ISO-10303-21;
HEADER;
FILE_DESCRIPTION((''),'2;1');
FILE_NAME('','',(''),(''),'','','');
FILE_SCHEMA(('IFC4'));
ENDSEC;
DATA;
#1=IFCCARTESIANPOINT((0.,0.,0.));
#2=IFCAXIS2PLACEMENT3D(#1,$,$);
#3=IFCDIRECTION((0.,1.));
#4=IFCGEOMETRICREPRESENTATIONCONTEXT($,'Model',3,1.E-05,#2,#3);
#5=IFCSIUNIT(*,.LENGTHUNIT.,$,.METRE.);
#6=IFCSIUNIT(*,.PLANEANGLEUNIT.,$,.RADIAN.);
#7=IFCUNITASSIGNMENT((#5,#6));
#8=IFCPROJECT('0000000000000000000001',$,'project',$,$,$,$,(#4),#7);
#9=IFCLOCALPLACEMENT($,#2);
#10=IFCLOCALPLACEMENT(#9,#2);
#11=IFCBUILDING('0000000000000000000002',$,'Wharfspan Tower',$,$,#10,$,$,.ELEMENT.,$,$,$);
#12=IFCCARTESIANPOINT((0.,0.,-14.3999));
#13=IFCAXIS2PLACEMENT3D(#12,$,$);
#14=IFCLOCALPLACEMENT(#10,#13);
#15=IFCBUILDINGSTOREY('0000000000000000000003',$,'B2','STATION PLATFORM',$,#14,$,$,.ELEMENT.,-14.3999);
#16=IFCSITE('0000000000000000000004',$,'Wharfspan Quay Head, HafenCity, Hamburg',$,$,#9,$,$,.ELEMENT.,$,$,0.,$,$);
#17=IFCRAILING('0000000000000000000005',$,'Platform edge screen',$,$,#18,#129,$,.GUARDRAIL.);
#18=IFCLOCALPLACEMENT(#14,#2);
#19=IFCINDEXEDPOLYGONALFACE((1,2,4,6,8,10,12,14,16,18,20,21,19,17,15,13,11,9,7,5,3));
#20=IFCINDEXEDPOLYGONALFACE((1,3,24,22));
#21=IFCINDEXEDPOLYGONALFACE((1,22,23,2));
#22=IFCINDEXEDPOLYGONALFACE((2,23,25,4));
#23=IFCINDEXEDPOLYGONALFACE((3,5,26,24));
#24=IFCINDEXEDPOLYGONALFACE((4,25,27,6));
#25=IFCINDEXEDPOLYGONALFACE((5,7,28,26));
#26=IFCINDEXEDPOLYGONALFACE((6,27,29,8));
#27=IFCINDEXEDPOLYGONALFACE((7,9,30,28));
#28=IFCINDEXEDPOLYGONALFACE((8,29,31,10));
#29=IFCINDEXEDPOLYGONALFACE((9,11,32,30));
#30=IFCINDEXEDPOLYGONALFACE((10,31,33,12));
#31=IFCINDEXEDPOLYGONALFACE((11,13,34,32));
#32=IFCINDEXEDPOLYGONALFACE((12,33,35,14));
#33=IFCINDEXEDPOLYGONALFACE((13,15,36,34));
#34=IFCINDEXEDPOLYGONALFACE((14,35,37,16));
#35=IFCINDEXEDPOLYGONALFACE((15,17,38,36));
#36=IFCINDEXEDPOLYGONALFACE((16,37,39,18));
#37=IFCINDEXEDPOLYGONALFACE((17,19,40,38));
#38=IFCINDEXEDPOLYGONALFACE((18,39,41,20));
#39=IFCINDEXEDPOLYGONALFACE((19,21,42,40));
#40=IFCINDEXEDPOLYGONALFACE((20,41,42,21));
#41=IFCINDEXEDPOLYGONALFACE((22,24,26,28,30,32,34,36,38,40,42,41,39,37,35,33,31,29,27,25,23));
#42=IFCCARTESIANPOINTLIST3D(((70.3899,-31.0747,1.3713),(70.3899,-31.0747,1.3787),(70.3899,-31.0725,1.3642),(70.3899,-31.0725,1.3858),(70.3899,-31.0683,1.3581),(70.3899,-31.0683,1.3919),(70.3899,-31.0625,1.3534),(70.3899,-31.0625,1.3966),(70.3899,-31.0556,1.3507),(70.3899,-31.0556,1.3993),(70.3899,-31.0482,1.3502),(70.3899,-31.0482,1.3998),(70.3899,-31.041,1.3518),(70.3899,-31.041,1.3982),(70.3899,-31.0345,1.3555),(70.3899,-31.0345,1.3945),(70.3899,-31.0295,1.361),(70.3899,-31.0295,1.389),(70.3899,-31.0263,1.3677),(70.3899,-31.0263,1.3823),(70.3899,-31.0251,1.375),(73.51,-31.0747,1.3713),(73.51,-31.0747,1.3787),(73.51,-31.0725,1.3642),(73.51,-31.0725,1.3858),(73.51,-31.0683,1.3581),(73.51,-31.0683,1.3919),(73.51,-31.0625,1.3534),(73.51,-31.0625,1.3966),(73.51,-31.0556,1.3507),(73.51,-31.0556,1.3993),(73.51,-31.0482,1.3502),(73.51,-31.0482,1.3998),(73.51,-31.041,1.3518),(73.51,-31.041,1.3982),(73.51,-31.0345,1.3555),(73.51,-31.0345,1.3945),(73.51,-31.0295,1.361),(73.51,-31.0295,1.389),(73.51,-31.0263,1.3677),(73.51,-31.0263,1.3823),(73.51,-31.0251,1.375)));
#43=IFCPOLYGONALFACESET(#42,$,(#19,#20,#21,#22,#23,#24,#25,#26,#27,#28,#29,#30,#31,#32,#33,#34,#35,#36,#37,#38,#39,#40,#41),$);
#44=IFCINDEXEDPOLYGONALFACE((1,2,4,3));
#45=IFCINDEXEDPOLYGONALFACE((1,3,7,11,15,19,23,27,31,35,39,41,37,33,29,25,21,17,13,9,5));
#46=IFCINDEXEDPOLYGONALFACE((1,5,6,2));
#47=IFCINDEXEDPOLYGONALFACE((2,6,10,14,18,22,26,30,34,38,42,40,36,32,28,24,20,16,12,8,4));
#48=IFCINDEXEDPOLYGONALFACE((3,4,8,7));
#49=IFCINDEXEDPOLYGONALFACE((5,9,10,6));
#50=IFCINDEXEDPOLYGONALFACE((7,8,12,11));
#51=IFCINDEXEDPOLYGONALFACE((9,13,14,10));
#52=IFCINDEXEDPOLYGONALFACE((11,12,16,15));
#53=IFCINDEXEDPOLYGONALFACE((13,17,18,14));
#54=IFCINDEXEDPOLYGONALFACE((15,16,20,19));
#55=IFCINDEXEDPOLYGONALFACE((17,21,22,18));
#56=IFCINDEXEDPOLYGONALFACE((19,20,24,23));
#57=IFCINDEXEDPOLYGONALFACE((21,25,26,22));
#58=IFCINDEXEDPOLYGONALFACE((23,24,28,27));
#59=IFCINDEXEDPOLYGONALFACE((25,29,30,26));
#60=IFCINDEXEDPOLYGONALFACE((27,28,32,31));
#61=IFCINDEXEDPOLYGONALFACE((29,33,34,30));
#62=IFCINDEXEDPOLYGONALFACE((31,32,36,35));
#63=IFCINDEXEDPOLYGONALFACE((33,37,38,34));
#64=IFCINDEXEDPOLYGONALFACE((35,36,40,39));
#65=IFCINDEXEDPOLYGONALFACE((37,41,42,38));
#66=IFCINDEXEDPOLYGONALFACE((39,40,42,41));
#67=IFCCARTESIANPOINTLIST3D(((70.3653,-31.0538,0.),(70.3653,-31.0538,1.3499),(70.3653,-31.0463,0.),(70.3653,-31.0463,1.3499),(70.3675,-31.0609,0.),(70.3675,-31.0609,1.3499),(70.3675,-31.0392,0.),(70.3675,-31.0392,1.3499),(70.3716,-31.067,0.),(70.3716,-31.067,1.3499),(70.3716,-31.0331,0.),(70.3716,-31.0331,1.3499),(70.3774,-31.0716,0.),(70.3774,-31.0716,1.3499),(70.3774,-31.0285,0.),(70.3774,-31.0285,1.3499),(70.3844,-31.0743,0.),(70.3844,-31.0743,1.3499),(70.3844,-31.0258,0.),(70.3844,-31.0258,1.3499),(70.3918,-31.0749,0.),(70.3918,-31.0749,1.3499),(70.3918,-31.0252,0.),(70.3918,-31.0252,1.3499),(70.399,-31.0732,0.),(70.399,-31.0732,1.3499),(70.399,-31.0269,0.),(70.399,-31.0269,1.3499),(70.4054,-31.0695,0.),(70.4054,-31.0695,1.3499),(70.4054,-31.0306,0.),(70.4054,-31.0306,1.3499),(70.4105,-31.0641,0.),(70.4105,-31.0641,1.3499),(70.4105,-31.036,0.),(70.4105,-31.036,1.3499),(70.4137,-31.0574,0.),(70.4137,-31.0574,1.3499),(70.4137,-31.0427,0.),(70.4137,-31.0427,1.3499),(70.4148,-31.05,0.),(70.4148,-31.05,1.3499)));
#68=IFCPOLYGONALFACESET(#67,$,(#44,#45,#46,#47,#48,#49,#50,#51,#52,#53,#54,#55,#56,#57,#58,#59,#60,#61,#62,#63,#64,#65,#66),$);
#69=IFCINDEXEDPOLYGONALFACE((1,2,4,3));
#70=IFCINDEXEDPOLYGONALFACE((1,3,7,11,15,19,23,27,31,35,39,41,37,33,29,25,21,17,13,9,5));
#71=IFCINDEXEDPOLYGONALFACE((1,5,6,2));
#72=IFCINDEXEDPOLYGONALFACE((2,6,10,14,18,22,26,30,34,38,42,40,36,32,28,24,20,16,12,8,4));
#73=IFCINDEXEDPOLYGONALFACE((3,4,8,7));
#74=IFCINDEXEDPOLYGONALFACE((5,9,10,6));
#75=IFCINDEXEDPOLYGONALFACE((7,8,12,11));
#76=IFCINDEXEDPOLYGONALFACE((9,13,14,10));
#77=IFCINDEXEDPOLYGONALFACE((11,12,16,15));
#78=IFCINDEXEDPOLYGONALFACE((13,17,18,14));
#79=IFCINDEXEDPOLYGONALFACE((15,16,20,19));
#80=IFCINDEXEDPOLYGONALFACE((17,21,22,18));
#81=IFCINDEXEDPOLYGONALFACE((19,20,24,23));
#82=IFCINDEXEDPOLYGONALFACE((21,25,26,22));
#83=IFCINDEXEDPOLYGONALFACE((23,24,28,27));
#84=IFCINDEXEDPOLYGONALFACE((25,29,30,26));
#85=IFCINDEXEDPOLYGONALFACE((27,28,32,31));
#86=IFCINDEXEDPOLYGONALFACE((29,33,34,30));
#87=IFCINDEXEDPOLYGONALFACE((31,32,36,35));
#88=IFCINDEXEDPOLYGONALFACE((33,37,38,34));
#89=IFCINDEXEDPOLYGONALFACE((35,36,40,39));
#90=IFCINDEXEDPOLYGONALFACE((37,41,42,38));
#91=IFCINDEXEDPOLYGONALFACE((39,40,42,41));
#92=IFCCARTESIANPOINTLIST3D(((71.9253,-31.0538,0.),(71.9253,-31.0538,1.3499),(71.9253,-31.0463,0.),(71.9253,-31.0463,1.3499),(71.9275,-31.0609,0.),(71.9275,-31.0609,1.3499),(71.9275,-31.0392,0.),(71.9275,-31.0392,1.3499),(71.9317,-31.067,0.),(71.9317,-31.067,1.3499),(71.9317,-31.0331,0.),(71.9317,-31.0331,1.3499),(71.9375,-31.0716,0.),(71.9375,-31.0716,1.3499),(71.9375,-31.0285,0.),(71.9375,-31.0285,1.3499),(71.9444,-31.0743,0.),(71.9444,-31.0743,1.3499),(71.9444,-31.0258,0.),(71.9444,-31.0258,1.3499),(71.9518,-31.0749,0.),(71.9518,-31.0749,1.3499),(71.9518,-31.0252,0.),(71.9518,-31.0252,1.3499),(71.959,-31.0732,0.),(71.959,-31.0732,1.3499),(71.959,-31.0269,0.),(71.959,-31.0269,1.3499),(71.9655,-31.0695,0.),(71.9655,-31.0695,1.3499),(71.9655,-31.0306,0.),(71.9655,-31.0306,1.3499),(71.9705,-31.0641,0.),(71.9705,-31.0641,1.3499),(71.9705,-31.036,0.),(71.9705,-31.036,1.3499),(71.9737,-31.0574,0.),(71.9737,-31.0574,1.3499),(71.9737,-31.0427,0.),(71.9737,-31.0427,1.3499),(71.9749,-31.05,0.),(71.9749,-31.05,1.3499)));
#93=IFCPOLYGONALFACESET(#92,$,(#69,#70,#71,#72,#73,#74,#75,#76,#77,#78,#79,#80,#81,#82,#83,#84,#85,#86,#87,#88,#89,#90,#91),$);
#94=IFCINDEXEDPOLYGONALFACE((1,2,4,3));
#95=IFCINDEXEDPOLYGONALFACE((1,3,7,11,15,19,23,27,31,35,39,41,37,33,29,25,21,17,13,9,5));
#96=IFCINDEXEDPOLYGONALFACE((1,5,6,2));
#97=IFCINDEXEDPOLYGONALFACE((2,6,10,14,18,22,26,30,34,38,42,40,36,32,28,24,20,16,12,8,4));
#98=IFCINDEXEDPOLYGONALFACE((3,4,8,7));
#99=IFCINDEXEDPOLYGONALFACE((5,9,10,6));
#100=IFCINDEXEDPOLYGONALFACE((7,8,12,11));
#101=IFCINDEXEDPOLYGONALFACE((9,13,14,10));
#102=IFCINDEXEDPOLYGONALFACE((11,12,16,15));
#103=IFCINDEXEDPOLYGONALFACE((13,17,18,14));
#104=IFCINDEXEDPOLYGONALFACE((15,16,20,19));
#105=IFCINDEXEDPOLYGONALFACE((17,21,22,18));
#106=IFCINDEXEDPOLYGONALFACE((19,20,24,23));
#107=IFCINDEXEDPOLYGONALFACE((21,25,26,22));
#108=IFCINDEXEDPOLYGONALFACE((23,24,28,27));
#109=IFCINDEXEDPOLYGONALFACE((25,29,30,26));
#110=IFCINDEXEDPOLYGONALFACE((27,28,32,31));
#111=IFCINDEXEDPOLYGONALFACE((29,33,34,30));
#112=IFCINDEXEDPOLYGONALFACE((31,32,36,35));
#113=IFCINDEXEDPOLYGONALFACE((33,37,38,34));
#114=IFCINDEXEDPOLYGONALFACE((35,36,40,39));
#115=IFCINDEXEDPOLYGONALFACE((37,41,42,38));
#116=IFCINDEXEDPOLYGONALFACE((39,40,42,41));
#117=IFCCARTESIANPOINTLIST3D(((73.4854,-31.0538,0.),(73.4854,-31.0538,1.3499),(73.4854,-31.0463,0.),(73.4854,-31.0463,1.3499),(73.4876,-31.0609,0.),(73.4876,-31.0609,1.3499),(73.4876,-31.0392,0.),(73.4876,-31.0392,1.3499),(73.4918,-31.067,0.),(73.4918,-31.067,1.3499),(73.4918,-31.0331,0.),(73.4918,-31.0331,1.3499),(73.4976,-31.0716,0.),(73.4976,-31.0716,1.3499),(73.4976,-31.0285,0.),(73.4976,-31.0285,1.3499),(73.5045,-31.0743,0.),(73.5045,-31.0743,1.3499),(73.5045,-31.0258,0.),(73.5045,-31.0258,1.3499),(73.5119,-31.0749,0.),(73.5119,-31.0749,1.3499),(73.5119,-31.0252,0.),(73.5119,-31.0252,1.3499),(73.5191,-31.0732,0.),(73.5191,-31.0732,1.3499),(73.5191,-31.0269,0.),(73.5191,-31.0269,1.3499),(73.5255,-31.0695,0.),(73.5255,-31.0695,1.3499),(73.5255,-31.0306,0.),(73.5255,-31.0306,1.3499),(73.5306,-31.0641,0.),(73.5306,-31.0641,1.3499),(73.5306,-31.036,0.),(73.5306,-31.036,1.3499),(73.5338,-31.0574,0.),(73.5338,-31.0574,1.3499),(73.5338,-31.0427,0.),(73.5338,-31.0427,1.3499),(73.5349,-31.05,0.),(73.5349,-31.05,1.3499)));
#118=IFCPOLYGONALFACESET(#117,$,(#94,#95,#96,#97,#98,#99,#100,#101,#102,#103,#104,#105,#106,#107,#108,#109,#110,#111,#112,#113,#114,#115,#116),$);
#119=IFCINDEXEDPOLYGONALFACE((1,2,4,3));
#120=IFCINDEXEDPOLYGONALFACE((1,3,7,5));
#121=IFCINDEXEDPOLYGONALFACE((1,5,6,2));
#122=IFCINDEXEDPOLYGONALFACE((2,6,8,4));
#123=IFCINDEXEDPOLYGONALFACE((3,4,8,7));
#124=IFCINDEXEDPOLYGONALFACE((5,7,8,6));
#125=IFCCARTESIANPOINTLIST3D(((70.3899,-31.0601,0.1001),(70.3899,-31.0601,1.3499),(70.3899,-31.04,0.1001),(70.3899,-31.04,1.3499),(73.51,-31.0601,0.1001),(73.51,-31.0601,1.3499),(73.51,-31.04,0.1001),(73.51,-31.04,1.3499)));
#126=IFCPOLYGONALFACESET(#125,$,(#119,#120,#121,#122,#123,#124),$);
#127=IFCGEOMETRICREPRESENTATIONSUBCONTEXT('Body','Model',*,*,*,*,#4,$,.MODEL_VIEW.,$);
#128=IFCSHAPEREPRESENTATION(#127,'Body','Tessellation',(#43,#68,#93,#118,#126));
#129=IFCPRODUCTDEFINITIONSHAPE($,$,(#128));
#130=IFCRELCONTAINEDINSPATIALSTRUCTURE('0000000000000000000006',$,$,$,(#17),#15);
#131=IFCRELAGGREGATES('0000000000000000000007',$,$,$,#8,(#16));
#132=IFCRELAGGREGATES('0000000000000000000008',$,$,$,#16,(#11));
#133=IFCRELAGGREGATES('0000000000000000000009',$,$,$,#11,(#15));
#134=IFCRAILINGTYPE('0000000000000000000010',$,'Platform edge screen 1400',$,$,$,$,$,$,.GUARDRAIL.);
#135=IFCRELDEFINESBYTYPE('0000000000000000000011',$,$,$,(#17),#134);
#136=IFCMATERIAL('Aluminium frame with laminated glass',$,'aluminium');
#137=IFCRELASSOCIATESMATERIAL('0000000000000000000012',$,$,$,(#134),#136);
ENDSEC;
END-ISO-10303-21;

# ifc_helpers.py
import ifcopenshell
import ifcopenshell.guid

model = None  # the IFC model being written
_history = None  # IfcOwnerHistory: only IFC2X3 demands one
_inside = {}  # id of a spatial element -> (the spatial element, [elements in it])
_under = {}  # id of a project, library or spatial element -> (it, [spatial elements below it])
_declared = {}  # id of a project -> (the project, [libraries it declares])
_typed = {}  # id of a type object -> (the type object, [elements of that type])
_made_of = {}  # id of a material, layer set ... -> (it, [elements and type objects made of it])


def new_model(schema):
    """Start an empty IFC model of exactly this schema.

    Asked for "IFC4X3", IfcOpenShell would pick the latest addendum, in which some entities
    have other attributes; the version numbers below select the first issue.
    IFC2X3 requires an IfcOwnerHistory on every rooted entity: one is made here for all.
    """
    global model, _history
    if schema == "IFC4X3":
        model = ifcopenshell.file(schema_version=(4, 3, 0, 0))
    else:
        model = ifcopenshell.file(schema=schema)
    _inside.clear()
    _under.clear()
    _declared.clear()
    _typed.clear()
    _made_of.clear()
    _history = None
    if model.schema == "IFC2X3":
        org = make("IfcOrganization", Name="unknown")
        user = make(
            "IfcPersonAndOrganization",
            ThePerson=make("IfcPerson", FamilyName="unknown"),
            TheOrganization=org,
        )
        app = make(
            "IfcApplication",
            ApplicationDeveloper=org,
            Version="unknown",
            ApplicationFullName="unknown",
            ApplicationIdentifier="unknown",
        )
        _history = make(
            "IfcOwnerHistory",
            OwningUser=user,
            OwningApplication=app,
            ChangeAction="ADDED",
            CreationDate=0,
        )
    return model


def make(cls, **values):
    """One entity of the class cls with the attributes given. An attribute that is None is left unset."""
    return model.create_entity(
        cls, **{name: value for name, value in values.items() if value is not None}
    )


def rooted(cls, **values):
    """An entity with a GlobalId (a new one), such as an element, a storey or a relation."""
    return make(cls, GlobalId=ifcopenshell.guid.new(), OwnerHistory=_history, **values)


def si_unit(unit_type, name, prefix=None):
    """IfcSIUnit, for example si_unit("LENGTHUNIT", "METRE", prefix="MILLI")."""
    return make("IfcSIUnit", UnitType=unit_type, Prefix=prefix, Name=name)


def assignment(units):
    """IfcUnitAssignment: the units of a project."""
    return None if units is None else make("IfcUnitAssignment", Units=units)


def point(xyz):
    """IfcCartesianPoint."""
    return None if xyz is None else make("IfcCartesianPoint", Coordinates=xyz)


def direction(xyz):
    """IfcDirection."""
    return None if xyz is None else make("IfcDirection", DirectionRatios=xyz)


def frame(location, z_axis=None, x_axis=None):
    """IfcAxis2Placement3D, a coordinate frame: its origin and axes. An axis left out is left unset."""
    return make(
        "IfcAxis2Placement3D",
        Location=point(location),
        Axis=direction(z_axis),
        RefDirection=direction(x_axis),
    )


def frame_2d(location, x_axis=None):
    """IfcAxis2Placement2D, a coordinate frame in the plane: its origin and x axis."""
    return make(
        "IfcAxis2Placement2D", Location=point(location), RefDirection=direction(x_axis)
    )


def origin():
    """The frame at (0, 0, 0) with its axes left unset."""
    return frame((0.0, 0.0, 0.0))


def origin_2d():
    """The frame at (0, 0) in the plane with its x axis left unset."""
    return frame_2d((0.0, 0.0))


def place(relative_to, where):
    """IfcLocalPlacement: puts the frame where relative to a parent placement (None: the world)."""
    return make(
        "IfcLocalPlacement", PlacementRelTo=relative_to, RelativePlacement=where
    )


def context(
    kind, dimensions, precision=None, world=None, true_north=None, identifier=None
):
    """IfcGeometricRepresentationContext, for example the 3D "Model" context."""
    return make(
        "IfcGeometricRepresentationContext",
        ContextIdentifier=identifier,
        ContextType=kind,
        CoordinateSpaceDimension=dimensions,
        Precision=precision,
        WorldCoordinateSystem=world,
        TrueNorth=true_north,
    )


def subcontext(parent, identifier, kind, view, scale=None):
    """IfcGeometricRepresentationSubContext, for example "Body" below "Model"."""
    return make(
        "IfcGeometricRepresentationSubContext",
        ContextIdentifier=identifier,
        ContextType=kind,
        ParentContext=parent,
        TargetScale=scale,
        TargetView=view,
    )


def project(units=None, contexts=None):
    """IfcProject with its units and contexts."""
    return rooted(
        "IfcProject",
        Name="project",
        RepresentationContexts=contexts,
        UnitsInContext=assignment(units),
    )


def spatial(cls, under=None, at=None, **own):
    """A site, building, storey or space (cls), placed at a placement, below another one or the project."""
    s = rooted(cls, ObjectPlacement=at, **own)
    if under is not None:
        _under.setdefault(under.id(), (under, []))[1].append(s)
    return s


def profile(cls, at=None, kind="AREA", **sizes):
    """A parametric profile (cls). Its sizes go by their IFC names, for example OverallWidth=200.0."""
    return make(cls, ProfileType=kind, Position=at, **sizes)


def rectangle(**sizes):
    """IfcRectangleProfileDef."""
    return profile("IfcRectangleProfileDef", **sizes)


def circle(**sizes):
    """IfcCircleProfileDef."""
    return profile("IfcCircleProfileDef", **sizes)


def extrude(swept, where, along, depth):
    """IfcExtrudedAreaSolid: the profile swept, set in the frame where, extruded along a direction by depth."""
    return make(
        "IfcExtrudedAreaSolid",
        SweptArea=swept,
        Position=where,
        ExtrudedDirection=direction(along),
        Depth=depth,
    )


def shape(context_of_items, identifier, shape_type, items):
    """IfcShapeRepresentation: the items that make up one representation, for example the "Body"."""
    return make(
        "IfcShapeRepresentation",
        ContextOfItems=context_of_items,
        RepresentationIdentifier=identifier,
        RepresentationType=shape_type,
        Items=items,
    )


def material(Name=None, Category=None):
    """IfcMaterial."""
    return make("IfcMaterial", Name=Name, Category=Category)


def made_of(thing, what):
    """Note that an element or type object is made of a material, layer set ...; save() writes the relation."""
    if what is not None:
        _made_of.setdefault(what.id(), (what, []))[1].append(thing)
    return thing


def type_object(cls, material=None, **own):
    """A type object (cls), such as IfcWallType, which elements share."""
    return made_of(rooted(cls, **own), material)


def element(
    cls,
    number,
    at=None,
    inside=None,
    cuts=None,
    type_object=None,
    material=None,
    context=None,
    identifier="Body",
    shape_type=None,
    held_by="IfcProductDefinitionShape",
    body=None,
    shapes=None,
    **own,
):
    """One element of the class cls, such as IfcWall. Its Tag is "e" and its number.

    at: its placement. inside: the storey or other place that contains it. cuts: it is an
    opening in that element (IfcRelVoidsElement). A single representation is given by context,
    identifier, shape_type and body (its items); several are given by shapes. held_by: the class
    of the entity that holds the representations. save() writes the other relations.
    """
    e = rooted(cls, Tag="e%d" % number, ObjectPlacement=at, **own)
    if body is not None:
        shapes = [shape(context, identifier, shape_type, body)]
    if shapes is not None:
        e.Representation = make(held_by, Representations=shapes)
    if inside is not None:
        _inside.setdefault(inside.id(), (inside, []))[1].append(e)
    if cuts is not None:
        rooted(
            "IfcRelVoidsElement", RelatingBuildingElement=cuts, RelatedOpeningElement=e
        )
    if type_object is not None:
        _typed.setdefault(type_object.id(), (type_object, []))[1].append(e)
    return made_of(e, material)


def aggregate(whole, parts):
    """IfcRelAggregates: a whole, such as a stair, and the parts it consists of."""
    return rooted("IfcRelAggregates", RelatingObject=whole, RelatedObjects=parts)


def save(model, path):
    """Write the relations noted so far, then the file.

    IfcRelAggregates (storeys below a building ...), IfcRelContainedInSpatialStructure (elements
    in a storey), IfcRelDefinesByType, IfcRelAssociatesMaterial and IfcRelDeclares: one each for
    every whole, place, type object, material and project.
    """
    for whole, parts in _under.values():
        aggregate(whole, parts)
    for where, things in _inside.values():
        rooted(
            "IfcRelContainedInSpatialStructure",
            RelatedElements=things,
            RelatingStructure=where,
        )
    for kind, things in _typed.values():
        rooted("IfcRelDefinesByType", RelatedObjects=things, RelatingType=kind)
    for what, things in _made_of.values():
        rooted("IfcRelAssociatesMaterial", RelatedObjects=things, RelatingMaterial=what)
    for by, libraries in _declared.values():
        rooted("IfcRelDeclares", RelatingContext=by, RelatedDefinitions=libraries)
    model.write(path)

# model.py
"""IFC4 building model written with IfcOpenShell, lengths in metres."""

from ifc_helpers import new_model, si_unit, direction, frame, origin, origin_2d, place, context, subcontext, project, spatial, rectangle, circle, extrude, material, type_object, element, save


model = new_model("IFC4")

# Units and contexts
model_context = context("Model", 3, precision=1e-05, world=origin(), true_north=direction((0.0, 1.0)))
body_context = subcontext(model_context, "Body", "Model", "MODEL_VIEW")
ifc_project = project(units=[si_unit("LENGTHUNIT", "METRE"), si_unit("PLANEANGLEUNIT", "RADIAN")], contexts=[model_context])

# Site, building, storey
site_placement = place(None, origin())
site = spatial("IfcSite", under=ifc_project, at=site_placement, Name="Wharfspan Quay Head, HafenCity, Hamburg", CompositionType="ELEMENT", RefElevation=0.0)
building_placement = place(site_placement, origin())
building = spatial("IfcBuilding", under=site, at=building_placement, Name="Wharfspan Tower", CompositionType="ELEMENT")
storey_placement = place(building_placement, frame((0.0, 0.0, -14.3999)))
storey = spatial("IfcBuildingStorey", under=building, at=storey_placement, Name="B2", Description="STATION PLATFORM", CompositionType="ELEMENT", Elevation=-14.3999)

# Railing
ifc_material_1 = material(Name="Aluminium frame with laminated glass", Category="aluminium")
railing_type_1 = type_object("IfcRailingType", Name="Platform edge screen 1400", PredefinedType="GUARDRAIL", material=ifc_material_1)
for number, where, name in (
    (1, (70.3899, -31.05, 0.0), "Platform edge screen"),
):
    element("IfcRailing", number, at=place(storey_placement, frame(where)), inside=storey, type_object=railing_type_1, Name=name, PredefinedType="GUARDRAIL", context=body_context, shape_type="SweptSolid", body=[
        extrude(circle(Radius=0.0249, at=origin_2d()), frame((0.0, 0.0, 1.375), z_axis=(1.0, 0.0, 0.0), x_axis=(0.0, 1.0, 0.0)), (0.0, 0.0, 1.0), 3.1201),
        extrude(circle(Radius=0.0249, at=origin_2d()), origin(), (0.0, 0.0, 1.0), 1.3499),
        extrude(circle(Radius=0.0249, at=origin_2d()), frame((1.5601, 0.0, 0.0)), (0.0, 0.0, 1.0), 1.3499),
        extrude(circle(Radius=0.0249, at=origin_2d()), frame((3.1201, 0.0, 0.0)), (0.0, 0.0, 1.0), 1.3499),
        extrude(rectangle(XDim=3.1201, YDim=0.02, at=origin_2d()), frame((1.5601, 0.0, 0.1001), z_axis=(0.0, 0.0, 1.0), x_axis=(1.0, 0.0, 0.0)), (0.0, 0.0, 1.0), 1.2498),
    ])

save(model, "model.ifc")
